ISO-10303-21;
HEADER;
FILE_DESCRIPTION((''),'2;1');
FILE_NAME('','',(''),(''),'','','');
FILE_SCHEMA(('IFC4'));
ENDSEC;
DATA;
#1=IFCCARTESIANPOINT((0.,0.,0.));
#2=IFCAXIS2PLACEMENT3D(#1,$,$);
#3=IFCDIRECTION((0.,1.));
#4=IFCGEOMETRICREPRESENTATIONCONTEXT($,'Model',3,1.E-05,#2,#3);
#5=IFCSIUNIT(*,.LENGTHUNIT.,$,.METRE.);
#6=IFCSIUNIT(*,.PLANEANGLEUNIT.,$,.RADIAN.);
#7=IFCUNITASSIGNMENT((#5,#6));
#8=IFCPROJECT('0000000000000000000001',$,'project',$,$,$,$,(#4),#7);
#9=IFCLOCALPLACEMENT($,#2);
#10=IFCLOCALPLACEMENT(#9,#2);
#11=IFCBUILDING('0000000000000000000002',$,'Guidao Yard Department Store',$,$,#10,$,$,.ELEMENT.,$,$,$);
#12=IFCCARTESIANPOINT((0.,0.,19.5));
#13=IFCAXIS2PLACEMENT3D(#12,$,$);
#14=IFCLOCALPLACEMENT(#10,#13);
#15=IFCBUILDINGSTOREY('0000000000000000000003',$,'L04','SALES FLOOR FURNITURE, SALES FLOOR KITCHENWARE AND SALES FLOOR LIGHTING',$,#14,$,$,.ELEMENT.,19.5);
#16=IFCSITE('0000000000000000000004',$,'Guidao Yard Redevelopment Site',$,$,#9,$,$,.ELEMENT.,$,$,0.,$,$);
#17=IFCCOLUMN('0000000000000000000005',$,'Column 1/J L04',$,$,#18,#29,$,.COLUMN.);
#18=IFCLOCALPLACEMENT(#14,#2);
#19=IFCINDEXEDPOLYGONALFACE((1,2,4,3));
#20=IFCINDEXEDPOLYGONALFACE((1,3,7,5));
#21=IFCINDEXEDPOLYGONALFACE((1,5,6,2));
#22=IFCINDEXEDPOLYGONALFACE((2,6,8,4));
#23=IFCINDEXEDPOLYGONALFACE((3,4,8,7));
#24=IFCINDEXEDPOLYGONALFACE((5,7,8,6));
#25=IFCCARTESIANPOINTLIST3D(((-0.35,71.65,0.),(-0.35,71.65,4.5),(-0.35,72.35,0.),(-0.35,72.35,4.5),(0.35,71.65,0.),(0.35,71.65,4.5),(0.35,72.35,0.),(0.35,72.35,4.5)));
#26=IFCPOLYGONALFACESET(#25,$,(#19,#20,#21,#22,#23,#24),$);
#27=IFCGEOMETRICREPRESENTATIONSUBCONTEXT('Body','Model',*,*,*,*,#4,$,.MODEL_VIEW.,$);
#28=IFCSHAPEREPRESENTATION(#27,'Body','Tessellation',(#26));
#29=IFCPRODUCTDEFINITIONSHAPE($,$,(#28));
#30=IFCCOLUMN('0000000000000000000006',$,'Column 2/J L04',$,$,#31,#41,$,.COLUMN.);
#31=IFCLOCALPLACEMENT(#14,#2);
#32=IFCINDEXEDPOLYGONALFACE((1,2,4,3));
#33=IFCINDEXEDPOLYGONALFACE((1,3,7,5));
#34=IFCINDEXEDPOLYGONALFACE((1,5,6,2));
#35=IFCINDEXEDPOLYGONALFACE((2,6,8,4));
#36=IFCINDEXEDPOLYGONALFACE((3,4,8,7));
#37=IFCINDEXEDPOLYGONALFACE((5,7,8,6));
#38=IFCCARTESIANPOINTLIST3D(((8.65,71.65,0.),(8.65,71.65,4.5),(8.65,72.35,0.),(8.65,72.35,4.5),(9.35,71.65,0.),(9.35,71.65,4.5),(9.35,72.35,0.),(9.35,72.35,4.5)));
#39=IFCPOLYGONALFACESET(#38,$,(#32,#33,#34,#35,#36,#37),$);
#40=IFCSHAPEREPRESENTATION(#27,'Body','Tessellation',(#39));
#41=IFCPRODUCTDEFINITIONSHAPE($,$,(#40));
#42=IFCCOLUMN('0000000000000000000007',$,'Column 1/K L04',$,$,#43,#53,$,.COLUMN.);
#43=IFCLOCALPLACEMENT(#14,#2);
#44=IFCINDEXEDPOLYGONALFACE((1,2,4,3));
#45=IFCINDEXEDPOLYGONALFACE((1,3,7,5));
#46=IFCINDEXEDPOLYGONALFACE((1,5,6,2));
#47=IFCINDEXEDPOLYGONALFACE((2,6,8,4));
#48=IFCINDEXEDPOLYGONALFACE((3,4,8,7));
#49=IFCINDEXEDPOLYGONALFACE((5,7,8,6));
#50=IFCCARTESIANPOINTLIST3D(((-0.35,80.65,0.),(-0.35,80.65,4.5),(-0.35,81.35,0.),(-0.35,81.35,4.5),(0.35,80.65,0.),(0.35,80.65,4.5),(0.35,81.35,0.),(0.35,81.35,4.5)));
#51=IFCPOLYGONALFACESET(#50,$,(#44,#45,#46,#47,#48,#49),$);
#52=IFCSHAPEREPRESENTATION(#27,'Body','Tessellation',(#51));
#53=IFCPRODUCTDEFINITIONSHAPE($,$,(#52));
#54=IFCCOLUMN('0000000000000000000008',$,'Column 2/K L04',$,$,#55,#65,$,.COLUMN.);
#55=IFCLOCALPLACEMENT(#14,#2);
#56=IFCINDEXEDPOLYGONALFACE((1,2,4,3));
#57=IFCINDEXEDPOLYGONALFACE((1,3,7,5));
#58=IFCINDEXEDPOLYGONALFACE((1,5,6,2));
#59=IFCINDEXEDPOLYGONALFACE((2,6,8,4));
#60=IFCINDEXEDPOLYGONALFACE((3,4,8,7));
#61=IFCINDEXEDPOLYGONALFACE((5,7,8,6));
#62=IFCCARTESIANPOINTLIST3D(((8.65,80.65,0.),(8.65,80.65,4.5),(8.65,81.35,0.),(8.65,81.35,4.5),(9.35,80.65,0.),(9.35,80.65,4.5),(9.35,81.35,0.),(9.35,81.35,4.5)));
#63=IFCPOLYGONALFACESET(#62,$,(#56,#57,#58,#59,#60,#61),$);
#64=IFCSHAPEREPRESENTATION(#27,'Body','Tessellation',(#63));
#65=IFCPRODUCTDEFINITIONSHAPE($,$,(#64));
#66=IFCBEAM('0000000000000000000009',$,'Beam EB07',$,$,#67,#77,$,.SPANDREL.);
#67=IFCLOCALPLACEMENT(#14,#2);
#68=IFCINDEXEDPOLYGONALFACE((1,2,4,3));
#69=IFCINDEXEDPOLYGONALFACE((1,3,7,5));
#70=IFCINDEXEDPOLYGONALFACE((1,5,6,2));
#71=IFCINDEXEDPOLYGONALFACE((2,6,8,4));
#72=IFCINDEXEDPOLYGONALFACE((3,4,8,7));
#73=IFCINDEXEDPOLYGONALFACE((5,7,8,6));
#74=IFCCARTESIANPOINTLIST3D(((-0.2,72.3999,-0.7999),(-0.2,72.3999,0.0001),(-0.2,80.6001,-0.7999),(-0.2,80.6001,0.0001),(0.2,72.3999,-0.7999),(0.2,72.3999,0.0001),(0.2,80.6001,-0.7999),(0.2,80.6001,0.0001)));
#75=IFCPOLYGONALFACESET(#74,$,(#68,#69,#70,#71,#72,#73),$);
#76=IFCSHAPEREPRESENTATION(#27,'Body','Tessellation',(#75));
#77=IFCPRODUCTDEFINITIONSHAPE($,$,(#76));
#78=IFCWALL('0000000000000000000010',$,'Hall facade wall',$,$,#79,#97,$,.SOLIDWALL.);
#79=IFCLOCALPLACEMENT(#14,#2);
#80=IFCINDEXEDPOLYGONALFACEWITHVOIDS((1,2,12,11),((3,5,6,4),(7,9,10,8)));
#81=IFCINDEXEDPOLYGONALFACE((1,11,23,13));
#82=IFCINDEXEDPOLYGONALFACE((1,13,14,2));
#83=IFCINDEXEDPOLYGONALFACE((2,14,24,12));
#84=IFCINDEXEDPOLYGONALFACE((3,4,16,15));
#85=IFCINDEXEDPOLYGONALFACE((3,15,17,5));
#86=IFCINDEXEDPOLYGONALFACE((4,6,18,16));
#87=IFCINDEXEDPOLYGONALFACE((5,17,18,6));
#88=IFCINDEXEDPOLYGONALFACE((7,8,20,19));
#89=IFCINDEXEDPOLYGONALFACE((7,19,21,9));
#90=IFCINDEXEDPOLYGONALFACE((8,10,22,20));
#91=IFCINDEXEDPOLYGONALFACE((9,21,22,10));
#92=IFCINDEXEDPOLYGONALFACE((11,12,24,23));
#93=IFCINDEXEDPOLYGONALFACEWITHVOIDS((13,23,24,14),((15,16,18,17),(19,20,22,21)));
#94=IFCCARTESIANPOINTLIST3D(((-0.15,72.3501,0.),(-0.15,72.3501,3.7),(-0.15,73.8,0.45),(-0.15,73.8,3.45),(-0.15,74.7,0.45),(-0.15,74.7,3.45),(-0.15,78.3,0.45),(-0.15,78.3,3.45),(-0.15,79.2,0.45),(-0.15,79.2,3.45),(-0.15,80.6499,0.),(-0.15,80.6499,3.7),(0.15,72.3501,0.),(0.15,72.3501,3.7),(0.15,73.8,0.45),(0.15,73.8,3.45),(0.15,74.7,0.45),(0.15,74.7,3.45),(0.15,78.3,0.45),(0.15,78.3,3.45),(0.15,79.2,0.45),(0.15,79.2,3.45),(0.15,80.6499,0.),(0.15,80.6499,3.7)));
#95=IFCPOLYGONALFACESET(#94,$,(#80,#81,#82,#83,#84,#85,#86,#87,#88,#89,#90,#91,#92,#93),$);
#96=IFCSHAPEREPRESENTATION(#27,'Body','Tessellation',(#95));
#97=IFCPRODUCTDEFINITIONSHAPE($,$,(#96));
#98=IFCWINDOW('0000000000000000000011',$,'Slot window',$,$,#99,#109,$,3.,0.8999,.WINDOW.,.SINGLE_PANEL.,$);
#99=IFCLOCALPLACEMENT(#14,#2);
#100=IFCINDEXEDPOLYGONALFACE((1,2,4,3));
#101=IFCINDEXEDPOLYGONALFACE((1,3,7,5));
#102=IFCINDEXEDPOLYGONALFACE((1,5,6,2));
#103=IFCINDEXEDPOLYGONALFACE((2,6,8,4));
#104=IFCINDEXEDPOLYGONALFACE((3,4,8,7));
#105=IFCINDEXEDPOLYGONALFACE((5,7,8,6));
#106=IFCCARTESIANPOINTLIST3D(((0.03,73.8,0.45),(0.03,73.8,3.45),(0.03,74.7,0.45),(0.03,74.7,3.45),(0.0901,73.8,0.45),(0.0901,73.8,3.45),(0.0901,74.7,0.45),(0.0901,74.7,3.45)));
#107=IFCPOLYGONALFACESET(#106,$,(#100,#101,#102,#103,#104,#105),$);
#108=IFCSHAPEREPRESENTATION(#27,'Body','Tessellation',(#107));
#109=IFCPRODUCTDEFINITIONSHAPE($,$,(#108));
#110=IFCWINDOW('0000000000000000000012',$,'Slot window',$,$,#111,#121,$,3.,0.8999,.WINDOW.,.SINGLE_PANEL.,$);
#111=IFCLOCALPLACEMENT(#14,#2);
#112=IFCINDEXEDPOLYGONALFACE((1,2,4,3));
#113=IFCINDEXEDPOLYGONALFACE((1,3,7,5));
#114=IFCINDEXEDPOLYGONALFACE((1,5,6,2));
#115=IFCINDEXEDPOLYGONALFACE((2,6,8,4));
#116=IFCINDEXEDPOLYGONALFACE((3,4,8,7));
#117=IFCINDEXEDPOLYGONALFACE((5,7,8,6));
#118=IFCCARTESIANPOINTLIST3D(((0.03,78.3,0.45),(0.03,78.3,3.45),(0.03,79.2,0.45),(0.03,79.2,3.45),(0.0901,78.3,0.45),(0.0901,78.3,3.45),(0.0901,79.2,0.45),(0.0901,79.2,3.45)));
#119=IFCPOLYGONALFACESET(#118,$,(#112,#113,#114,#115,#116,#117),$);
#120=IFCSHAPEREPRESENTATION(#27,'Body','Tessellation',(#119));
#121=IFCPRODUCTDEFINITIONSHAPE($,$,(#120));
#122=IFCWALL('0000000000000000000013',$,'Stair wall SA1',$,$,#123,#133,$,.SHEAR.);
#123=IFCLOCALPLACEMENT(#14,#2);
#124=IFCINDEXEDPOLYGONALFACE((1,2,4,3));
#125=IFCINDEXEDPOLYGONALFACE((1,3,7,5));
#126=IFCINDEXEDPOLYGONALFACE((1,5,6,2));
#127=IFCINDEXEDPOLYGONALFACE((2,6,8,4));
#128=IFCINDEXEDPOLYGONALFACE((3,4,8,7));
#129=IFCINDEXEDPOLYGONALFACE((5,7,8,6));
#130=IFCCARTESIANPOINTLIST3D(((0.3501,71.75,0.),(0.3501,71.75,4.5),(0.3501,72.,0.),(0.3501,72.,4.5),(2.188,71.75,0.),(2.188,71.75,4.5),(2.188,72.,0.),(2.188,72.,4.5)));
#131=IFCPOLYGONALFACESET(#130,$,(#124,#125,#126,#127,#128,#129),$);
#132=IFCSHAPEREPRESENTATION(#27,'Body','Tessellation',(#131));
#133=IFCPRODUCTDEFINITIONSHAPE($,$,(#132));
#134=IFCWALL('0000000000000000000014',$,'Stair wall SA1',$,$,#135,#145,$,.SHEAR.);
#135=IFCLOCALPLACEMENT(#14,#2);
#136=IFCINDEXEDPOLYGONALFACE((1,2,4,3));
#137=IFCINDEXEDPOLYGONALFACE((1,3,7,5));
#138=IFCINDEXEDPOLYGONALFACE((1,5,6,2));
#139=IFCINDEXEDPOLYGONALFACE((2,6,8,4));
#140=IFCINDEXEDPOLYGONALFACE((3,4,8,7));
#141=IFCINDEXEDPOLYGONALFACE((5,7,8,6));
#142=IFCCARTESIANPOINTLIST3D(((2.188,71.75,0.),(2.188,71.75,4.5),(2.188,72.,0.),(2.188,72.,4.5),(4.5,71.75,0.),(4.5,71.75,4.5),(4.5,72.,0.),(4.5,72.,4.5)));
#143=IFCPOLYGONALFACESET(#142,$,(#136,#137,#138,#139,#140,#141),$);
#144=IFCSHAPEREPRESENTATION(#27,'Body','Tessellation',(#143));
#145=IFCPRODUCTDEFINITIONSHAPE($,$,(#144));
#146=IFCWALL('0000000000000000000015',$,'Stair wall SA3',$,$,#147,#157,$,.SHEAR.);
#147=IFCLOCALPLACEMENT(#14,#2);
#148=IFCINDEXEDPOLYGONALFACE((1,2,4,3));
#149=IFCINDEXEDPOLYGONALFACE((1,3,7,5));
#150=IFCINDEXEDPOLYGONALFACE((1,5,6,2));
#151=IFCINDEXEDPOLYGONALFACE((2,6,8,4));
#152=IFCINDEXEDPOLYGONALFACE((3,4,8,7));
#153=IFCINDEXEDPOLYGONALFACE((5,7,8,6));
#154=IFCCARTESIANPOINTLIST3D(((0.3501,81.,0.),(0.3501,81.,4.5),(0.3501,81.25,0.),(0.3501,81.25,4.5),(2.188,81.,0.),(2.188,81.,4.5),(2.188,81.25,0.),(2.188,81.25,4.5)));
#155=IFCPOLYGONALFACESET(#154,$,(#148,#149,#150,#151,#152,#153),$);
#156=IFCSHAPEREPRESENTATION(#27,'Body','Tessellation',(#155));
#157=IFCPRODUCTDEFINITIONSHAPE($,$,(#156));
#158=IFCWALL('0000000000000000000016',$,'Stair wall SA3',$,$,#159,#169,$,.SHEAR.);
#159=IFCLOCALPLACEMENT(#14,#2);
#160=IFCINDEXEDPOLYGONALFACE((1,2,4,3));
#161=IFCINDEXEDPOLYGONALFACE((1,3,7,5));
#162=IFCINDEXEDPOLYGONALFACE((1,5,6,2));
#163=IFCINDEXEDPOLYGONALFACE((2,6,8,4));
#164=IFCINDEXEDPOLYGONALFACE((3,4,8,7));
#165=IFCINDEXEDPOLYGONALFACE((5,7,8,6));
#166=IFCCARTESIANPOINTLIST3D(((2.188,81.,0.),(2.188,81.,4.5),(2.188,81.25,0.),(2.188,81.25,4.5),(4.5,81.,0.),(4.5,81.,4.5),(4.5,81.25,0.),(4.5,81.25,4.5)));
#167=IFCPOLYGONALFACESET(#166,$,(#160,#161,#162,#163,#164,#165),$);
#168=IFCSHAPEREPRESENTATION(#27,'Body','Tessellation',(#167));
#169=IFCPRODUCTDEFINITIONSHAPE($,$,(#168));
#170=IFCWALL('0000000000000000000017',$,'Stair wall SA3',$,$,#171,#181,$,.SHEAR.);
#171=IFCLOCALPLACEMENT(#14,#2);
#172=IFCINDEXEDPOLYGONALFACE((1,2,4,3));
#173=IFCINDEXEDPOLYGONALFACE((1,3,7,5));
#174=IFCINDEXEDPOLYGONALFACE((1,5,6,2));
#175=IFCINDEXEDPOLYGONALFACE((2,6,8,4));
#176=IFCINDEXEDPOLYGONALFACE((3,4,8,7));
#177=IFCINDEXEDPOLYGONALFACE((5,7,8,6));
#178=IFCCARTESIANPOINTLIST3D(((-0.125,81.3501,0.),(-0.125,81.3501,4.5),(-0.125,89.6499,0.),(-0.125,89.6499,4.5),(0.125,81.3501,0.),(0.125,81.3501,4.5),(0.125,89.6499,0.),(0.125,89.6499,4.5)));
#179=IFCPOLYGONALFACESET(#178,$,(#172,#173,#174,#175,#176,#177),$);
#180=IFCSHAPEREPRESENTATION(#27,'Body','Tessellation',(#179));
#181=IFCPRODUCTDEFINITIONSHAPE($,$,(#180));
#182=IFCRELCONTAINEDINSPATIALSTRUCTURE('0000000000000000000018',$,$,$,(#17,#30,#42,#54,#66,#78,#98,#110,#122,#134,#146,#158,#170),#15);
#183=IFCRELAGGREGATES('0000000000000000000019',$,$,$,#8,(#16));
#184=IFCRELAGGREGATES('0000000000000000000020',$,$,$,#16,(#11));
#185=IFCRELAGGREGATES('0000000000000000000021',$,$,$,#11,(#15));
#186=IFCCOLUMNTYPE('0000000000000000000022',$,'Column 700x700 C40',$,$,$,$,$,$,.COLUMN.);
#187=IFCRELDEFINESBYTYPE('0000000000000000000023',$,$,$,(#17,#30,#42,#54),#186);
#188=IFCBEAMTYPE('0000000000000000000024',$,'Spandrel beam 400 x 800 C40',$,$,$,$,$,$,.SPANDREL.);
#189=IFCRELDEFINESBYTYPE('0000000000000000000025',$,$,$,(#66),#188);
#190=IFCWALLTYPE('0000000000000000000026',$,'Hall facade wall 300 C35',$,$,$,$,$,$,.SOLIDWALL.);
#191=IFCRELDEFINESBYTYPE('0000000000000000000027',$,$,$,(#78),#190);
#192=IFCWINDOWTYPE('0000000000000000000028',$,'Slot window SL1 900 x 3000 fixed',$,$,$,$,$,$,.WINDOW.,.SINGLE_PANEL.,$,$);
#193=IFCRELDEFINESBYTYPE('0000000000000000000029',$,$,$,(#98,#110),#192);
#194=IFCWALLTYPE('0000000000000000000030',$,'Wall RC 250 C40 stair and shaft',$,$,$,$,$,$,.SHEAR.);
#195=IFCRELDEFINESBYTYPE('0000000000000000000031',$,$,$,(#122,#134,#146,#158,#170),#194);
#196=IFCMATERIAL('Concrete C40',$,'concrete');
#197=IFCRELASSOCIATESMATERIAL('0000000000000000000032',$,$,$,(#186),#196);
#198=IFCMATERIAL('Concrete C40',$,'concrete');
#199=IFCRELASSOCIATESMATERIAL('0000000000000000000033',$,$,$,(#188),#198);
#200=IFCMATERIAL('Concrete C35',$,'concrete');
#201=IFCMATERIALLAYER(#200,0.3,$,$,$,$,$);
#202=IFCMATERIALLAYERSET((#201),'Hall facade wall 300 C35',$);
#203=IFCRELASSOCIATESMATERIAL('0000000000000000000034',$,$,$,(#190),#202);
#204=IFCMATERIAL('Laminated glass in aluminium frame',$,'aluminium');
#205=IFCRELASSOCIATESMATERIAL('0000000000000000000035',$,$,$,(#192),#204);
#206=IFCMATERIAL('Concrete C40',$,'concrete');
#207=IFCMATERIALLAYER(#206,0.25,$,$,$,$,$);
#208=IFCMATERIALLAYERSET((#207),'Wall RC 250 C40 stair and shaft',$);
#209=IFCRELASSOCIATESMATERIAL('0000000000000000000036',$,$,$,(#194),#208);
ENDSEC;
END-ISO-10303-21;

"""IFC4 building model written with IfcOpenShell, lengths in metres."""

from ifc_helpers import new_model, si_unit, direction, frame, frame_2d, origin, origin_2d, place, context, subcontext, project, spatial, rectangle, extrude, material, layer, layer_set, material_profile, profile_set, type_object, element, fill, save


model = new_model("IFC4")

# Units and contexts
model_context = context("Model", 3, precision=1e-05, world=origin(), true_north=direction((0.0, 1.0)))
body_context = subcontext(model_context, "Body", "Model", "MODEL_VIEW")
ifc_project = project(units=[si_unit("LENGTHUNIT", "METRE"), si_unit("PLANEANGLEUNIT", "RADIAN")], contexts=[model_context])

# Site, building, storey
site_placement = place(None, origin())
site = spatial("IfcSite", under=ifc_project, at=site_placement, Name="Guidao Yard Redevelopment Site", CompositionType="ELEMENT", RefElevation=0.0)
building_placement = place(site_placement, origin())
building = spatial("IfcBuilding", under=site, at=building_placement, Name="Guidao Yard Department Store", CompositionType="ELEMENT")
storey_placement = place(building_placement, frame((0.0, 0.0, 19.5)))
storey = spatial("IfcBuildingStorey", under=building, at=storey_placement, Name="L04", Description="SALES FLOOR FURNITURE, SALES FLOOR KITCHENWARE AND SALES FLOOR LIGHTING", CompositionType="ELEMENT", Elevation=19.5)

# Columns
ifc_material_1 = material(Name="Concrete C40", Category="concrete")
ifc_material_profile_1 = material_profile(ifc_material_1, rectangle(XDim=0.7, YDim=0.7, at=origin_2d()), Name="COL 700x700")
ifc_profile_set_1 = profile_set([ifc_material_profile_1], Name="Concrete C40")
column_type = type_object("IfcColumnType", Name="Column 700x700 C40", PredefinedType="COLUMN", material=ifc_profile_set_1)
for number, where, z_axis, x_axis, name in (
    (1, (0.0, 72.0, 0.0), (0.0, 0.0, 1.0), (1.0, 0.0, 0.0), "Column 1/J L04"),
    (2, (9.0, 72.0, 0.0), (0.0, 0.0, 1.0), (1.0, 0.0, 0.0), "Column 2/J L04"),
    (3, (0.0, 81.0, 0.0), (0.0, 0.0, 1.0), (1.0, 0.0, 0.0), "Column 1/K L04"),
    (4, (9.0, 81.0, 0.0), (0.0, 0.0, 1.0), (1.0, 0.0, 0.0), "Column 2/K L04"),
):
    element("IfcColumn", number, at=place(storey_placement, frame(where, z_axis=z_axis, x_axis=x_axis)), inside=storey, type_object=column_type, Name=name, PredefinedType="COLUMN", context=body_context, shape_type="SweptSolid", body=[
        extrude(rectangle(XDim=0.7, YDim=0.7, at=origin_2d()), origin(), (0.0, 0.0, 1.0), 4.5),
    ])

# Beam
ifc_material_2 = material(Name="Concrete C40", Category="concrete")
ifc_material_profile_2 = material_profile(ifc_material_2, rectangle(XDim=0.3999, YDim=0.8, at=origin_2d()), Name="Spandrel beam 400 x 800 C40")
ifc_profile_set_2 = profile_set([ifc_material_profile_2], Name="Concrete C40")
beam_type = type_object("IfcBeamType", Name="Spandrel beam 400 x 800 C40", PredefinedType="SPANDREL", material=ifc_profile_set_2)
beam_placement = place(storey_placement, frame((0.0, 72.3999, -0.3999), z_axis=(0.0, 1.0, 0.0), x_axis=(-1.0, 0.0, 0.0)))
element("IfcBeam", 5, at=beam_placement, inside=storey, type_object=beam_type, Name="Beam EB07", PredefinedType="SPANDREL", context=body_context, shape_type="SweptSolid", body=[
    extrude(rectangle(XDim=0.3999, YDim=0.8, at=origin_2d()), origin(), (0.0, 0.0, 1.0), 8.2002),
])

# Wall, openings, windows
ifc_material_3 = material(Name="Concrete C35", Category="concrete")
ifc_layer_1 = layer(ifc_material_3, 0.3)
ifc_layer_set_1 = layer_set([ifc_layer_1], Name="Hall facade wall 300 C35")
wall_type_1 = type_object("IfcWallType", Name="Hall facade wall 300 C35", PredefinedType="SOLIDWALL", material=ifc_layer_set_1)
wall_1_placement = place(storey_placement, frame((0.0, 72.3501, 0.0), z_axis=(0.0, 0.0, 1.0), x_axis=(0.0, 1.0, 0.0)))
wall_1 = element("IfcWall", 6, at=wall_1_placement, inside=storey, type_object=wall_type_1, Name="Hall facade wall", PredefinedType="SOLIDWALL", context=body_context, shape_type="SweptSolid", body=[
    extrude(rectangle(XDim=8.2998, YDim=0.3, at=frame_2d((4.1499, 0.0))), origin(), (0.0, 0.0, 1.0), 3.7),
])
opening_1_placement = place(wall_1_placement, frame((1.45, 0.0, 0.45)))
opening_1 = element("IfcOpeningElement", 7, at=opening_1_placement, cuts=wall_1, PredefinedType="OPENING", context=body_context, shape_type="SweptSolid", body=[
    extrude(rectangle(XDim=0.8999, YDim=3.0, at=frame_2d((0.45, 1.5))), frame((0.0, 0.1599, 0.0), z_axis=(0.0, -1.0, 0.0), x_axis=(1.0, 0.0, 0.0)), (0.0, 0.0, 1.0), 0.3201),
])
opening_2_placement = place(wall_1_placement, frame((5.95, 0.0, 0.45)))
opening_2 = element("IfcOpeningElement", 8, at=opening_2_placement, cuts=wall_1, PredefinedType="OPENING", context=body_context, shape_type="SweptSolid", body=[
    extrude(rectangle(XDim=0.8999, YDim=3.0, at=frame_2d((0.45, 1.5))), frame((0.0, 0.1599, 0.0), z_axis=(0.0, -1.0, 0.0), x_axis=(1.0, 0.0, 0.0)), (0.0, 0.0, 1.0), 0.3201),
])
ifc_material_4 = material(Name="Laminated glass in aluminium frame", Category="aluminium")
window_type = type_object("IfcWindowType", Name="Slot window SL1 900 x 3000 fixed", PartitioningType="SINGLE_PANEL", PredefinedType="WINDOW", material=ifc_material_4)
window_1_placement = place(opening_1_placement, origin())
window_1 = element("IfcWindow", 9, at=window_1_placement, inside=storey, type_object=window_type, Name="Slot window", OverallHeight=3.0, OverallWidth=0.8999, PartitioningType="SINGLE_PANEL", PredefinedType="WINDOW", context=body_context, shape_type="SweptSolid", body=[
    extrude(rectangle(XDim=0.8999, YDim=3.0, at=frame_2d((0.45, 1.5))), frame((0.0, -0.03, 0.0), z_axis=(0.0, -1.0, 0.0), x_axis=(1.0, 0.0, 0.0)), (0.0, 0.0, 1.0), 0.0601),
])
fill(opening_1, window_1)
window_2_placement = place(opening_2_placement, origin())
window_2 = element("IfcWindow", 10, at=window_2_placement, inside=storey, type_object=window_type, Name="Slot window", OverallHeight=3.0, OverallWidth=0.8999, PartitioningType="SINGLE_PANEL", PredefinedType="WINDOW", context=body_context, shape_type="SweptSolid", body=[
    extrude(rectangle(XDim=0.8999, YDim=3.0, at=frame_2d((0.45, 1.5))), frame((0.0, -0.03, 0.0), z_axis=(0.0, -1.0, 0.0), x_axis=(1.0, 0.0, 0.0)), (0.0, 0.0, 1.0), 0.0601),
])
fill(opening_2, window_2)

# Walls
ifc_material_5 = material(Name="Concrete C40", Category="concrete")
ifc_layer_2 = layer(ifc_material_5, 0.25)
ifc_layer_set_2 = layer_set([ifc_layer_2], Name="Wall RC 250 C40 stair and shaft")
wall_type_2 = type_object("IfcWallType", Name="Wall RC 250 C40 stair and shaft", PredefinedType="SHEAR", material=ifc_layer_set_2)
wall_2_placement = place(storey_placement, frame((0.3501, 71.875, 0.0), z_axis=(0.0, 0.0, 1.0), x_axis=(1.0, 0.0, 0.0)))
element("IfcWall", 11, at=wall_2_placement, inside=storey, type_object=wall_type_2, Name="Stair wall SA1", PredefinedType="SHEAR", context=body_context, shape_type="SweptSolid", body=[
    extrude(rectangle(XDim=1.8379, YDim=0.25, at=frame_2d((0.9189, 0.0))), origin(), (0.0, 0.0, 1.0), 4.5),
])
wall_3_placement = place(storey_placement, frame((2.188, 71.875, 0.0), z_axis=(0.0, 0.0, 1.0), x_axis=(1.0, 0.0, 0.0)))
element("IfcWall", 12, at=wall_3_placement, inside=storey, type_object=wall_type_2, Name="Stair wall SA1", PredefinedType="SHEAR", context=body_context, shape_type="SweptSolid", body=[
    extrude(rectangle(XDim=2.312, YDim=0.25, at=frame_2d((1.156, 0.0))), origin(), (0.0, 0.0, 1.0), 4.5),
])
wall_4_placement = place(storey_placement, frame((0.3501, 81.125, 0.0), z_axis=(0.0, 0.0, 1.0), x_axis=(1.0, 0.0, 0.0)))
element("IfcWall", 13, at=wall_4_placement, inside=storey, type_object=wall_type_2, Name="Stair wall SA3", PredefinedType="SHEAR", context=body_context, shape_type="SweptSolid", body=[
    extrude(rectangle(XDim=1.8379, YDim=0.25, at=frame_2d((0.9189, 0.0))), origin(), (0.0, 0.0, 1.0), 4.5),
])
wall_5_placement = place(storey_placement, frame((2.188, 81.125, 0.0), z_axis=(0.0, 0.0, 1.0), x_axis=(1.0, 0.0, 0.0)))
element("IfcWall", 14, at=wall_5_placement, inside=storey, type_object=wall_type_2, Name="Stair wall SA3", PredefinedType="SHEAR", context=body_context, shape_type="SweptSolid", body=[
    extrude(rectangle(XDim=2.312, YDim=0.25, at=frame_2d((1.156, 0.0))), origin(), (0.0, 0.0, 1.0), 4.5),
])
wall_6_placement = place(storey_placement, frame((0.0, 81.3501, 0.0), z_axis=(0.0, 0.0, 1.0), x_axis=(0.0, 1.0, 0.0)))
element("IfcWall", 15, at=wall_6_placement, inside=storey, type_object=wall_type_2, Name="Stair wall SA3", PredefinedType="SHEAR", context=body_context, shape_type="SweptSolid", body=[
    extrude(rectangle(XDim=8.2998, YDim=0.25, at=frame_2d((4.1499, 0.0))), origin(), (0.0, 0.0, 1.0), 4.5),
])

save(model, "model.ifc")
